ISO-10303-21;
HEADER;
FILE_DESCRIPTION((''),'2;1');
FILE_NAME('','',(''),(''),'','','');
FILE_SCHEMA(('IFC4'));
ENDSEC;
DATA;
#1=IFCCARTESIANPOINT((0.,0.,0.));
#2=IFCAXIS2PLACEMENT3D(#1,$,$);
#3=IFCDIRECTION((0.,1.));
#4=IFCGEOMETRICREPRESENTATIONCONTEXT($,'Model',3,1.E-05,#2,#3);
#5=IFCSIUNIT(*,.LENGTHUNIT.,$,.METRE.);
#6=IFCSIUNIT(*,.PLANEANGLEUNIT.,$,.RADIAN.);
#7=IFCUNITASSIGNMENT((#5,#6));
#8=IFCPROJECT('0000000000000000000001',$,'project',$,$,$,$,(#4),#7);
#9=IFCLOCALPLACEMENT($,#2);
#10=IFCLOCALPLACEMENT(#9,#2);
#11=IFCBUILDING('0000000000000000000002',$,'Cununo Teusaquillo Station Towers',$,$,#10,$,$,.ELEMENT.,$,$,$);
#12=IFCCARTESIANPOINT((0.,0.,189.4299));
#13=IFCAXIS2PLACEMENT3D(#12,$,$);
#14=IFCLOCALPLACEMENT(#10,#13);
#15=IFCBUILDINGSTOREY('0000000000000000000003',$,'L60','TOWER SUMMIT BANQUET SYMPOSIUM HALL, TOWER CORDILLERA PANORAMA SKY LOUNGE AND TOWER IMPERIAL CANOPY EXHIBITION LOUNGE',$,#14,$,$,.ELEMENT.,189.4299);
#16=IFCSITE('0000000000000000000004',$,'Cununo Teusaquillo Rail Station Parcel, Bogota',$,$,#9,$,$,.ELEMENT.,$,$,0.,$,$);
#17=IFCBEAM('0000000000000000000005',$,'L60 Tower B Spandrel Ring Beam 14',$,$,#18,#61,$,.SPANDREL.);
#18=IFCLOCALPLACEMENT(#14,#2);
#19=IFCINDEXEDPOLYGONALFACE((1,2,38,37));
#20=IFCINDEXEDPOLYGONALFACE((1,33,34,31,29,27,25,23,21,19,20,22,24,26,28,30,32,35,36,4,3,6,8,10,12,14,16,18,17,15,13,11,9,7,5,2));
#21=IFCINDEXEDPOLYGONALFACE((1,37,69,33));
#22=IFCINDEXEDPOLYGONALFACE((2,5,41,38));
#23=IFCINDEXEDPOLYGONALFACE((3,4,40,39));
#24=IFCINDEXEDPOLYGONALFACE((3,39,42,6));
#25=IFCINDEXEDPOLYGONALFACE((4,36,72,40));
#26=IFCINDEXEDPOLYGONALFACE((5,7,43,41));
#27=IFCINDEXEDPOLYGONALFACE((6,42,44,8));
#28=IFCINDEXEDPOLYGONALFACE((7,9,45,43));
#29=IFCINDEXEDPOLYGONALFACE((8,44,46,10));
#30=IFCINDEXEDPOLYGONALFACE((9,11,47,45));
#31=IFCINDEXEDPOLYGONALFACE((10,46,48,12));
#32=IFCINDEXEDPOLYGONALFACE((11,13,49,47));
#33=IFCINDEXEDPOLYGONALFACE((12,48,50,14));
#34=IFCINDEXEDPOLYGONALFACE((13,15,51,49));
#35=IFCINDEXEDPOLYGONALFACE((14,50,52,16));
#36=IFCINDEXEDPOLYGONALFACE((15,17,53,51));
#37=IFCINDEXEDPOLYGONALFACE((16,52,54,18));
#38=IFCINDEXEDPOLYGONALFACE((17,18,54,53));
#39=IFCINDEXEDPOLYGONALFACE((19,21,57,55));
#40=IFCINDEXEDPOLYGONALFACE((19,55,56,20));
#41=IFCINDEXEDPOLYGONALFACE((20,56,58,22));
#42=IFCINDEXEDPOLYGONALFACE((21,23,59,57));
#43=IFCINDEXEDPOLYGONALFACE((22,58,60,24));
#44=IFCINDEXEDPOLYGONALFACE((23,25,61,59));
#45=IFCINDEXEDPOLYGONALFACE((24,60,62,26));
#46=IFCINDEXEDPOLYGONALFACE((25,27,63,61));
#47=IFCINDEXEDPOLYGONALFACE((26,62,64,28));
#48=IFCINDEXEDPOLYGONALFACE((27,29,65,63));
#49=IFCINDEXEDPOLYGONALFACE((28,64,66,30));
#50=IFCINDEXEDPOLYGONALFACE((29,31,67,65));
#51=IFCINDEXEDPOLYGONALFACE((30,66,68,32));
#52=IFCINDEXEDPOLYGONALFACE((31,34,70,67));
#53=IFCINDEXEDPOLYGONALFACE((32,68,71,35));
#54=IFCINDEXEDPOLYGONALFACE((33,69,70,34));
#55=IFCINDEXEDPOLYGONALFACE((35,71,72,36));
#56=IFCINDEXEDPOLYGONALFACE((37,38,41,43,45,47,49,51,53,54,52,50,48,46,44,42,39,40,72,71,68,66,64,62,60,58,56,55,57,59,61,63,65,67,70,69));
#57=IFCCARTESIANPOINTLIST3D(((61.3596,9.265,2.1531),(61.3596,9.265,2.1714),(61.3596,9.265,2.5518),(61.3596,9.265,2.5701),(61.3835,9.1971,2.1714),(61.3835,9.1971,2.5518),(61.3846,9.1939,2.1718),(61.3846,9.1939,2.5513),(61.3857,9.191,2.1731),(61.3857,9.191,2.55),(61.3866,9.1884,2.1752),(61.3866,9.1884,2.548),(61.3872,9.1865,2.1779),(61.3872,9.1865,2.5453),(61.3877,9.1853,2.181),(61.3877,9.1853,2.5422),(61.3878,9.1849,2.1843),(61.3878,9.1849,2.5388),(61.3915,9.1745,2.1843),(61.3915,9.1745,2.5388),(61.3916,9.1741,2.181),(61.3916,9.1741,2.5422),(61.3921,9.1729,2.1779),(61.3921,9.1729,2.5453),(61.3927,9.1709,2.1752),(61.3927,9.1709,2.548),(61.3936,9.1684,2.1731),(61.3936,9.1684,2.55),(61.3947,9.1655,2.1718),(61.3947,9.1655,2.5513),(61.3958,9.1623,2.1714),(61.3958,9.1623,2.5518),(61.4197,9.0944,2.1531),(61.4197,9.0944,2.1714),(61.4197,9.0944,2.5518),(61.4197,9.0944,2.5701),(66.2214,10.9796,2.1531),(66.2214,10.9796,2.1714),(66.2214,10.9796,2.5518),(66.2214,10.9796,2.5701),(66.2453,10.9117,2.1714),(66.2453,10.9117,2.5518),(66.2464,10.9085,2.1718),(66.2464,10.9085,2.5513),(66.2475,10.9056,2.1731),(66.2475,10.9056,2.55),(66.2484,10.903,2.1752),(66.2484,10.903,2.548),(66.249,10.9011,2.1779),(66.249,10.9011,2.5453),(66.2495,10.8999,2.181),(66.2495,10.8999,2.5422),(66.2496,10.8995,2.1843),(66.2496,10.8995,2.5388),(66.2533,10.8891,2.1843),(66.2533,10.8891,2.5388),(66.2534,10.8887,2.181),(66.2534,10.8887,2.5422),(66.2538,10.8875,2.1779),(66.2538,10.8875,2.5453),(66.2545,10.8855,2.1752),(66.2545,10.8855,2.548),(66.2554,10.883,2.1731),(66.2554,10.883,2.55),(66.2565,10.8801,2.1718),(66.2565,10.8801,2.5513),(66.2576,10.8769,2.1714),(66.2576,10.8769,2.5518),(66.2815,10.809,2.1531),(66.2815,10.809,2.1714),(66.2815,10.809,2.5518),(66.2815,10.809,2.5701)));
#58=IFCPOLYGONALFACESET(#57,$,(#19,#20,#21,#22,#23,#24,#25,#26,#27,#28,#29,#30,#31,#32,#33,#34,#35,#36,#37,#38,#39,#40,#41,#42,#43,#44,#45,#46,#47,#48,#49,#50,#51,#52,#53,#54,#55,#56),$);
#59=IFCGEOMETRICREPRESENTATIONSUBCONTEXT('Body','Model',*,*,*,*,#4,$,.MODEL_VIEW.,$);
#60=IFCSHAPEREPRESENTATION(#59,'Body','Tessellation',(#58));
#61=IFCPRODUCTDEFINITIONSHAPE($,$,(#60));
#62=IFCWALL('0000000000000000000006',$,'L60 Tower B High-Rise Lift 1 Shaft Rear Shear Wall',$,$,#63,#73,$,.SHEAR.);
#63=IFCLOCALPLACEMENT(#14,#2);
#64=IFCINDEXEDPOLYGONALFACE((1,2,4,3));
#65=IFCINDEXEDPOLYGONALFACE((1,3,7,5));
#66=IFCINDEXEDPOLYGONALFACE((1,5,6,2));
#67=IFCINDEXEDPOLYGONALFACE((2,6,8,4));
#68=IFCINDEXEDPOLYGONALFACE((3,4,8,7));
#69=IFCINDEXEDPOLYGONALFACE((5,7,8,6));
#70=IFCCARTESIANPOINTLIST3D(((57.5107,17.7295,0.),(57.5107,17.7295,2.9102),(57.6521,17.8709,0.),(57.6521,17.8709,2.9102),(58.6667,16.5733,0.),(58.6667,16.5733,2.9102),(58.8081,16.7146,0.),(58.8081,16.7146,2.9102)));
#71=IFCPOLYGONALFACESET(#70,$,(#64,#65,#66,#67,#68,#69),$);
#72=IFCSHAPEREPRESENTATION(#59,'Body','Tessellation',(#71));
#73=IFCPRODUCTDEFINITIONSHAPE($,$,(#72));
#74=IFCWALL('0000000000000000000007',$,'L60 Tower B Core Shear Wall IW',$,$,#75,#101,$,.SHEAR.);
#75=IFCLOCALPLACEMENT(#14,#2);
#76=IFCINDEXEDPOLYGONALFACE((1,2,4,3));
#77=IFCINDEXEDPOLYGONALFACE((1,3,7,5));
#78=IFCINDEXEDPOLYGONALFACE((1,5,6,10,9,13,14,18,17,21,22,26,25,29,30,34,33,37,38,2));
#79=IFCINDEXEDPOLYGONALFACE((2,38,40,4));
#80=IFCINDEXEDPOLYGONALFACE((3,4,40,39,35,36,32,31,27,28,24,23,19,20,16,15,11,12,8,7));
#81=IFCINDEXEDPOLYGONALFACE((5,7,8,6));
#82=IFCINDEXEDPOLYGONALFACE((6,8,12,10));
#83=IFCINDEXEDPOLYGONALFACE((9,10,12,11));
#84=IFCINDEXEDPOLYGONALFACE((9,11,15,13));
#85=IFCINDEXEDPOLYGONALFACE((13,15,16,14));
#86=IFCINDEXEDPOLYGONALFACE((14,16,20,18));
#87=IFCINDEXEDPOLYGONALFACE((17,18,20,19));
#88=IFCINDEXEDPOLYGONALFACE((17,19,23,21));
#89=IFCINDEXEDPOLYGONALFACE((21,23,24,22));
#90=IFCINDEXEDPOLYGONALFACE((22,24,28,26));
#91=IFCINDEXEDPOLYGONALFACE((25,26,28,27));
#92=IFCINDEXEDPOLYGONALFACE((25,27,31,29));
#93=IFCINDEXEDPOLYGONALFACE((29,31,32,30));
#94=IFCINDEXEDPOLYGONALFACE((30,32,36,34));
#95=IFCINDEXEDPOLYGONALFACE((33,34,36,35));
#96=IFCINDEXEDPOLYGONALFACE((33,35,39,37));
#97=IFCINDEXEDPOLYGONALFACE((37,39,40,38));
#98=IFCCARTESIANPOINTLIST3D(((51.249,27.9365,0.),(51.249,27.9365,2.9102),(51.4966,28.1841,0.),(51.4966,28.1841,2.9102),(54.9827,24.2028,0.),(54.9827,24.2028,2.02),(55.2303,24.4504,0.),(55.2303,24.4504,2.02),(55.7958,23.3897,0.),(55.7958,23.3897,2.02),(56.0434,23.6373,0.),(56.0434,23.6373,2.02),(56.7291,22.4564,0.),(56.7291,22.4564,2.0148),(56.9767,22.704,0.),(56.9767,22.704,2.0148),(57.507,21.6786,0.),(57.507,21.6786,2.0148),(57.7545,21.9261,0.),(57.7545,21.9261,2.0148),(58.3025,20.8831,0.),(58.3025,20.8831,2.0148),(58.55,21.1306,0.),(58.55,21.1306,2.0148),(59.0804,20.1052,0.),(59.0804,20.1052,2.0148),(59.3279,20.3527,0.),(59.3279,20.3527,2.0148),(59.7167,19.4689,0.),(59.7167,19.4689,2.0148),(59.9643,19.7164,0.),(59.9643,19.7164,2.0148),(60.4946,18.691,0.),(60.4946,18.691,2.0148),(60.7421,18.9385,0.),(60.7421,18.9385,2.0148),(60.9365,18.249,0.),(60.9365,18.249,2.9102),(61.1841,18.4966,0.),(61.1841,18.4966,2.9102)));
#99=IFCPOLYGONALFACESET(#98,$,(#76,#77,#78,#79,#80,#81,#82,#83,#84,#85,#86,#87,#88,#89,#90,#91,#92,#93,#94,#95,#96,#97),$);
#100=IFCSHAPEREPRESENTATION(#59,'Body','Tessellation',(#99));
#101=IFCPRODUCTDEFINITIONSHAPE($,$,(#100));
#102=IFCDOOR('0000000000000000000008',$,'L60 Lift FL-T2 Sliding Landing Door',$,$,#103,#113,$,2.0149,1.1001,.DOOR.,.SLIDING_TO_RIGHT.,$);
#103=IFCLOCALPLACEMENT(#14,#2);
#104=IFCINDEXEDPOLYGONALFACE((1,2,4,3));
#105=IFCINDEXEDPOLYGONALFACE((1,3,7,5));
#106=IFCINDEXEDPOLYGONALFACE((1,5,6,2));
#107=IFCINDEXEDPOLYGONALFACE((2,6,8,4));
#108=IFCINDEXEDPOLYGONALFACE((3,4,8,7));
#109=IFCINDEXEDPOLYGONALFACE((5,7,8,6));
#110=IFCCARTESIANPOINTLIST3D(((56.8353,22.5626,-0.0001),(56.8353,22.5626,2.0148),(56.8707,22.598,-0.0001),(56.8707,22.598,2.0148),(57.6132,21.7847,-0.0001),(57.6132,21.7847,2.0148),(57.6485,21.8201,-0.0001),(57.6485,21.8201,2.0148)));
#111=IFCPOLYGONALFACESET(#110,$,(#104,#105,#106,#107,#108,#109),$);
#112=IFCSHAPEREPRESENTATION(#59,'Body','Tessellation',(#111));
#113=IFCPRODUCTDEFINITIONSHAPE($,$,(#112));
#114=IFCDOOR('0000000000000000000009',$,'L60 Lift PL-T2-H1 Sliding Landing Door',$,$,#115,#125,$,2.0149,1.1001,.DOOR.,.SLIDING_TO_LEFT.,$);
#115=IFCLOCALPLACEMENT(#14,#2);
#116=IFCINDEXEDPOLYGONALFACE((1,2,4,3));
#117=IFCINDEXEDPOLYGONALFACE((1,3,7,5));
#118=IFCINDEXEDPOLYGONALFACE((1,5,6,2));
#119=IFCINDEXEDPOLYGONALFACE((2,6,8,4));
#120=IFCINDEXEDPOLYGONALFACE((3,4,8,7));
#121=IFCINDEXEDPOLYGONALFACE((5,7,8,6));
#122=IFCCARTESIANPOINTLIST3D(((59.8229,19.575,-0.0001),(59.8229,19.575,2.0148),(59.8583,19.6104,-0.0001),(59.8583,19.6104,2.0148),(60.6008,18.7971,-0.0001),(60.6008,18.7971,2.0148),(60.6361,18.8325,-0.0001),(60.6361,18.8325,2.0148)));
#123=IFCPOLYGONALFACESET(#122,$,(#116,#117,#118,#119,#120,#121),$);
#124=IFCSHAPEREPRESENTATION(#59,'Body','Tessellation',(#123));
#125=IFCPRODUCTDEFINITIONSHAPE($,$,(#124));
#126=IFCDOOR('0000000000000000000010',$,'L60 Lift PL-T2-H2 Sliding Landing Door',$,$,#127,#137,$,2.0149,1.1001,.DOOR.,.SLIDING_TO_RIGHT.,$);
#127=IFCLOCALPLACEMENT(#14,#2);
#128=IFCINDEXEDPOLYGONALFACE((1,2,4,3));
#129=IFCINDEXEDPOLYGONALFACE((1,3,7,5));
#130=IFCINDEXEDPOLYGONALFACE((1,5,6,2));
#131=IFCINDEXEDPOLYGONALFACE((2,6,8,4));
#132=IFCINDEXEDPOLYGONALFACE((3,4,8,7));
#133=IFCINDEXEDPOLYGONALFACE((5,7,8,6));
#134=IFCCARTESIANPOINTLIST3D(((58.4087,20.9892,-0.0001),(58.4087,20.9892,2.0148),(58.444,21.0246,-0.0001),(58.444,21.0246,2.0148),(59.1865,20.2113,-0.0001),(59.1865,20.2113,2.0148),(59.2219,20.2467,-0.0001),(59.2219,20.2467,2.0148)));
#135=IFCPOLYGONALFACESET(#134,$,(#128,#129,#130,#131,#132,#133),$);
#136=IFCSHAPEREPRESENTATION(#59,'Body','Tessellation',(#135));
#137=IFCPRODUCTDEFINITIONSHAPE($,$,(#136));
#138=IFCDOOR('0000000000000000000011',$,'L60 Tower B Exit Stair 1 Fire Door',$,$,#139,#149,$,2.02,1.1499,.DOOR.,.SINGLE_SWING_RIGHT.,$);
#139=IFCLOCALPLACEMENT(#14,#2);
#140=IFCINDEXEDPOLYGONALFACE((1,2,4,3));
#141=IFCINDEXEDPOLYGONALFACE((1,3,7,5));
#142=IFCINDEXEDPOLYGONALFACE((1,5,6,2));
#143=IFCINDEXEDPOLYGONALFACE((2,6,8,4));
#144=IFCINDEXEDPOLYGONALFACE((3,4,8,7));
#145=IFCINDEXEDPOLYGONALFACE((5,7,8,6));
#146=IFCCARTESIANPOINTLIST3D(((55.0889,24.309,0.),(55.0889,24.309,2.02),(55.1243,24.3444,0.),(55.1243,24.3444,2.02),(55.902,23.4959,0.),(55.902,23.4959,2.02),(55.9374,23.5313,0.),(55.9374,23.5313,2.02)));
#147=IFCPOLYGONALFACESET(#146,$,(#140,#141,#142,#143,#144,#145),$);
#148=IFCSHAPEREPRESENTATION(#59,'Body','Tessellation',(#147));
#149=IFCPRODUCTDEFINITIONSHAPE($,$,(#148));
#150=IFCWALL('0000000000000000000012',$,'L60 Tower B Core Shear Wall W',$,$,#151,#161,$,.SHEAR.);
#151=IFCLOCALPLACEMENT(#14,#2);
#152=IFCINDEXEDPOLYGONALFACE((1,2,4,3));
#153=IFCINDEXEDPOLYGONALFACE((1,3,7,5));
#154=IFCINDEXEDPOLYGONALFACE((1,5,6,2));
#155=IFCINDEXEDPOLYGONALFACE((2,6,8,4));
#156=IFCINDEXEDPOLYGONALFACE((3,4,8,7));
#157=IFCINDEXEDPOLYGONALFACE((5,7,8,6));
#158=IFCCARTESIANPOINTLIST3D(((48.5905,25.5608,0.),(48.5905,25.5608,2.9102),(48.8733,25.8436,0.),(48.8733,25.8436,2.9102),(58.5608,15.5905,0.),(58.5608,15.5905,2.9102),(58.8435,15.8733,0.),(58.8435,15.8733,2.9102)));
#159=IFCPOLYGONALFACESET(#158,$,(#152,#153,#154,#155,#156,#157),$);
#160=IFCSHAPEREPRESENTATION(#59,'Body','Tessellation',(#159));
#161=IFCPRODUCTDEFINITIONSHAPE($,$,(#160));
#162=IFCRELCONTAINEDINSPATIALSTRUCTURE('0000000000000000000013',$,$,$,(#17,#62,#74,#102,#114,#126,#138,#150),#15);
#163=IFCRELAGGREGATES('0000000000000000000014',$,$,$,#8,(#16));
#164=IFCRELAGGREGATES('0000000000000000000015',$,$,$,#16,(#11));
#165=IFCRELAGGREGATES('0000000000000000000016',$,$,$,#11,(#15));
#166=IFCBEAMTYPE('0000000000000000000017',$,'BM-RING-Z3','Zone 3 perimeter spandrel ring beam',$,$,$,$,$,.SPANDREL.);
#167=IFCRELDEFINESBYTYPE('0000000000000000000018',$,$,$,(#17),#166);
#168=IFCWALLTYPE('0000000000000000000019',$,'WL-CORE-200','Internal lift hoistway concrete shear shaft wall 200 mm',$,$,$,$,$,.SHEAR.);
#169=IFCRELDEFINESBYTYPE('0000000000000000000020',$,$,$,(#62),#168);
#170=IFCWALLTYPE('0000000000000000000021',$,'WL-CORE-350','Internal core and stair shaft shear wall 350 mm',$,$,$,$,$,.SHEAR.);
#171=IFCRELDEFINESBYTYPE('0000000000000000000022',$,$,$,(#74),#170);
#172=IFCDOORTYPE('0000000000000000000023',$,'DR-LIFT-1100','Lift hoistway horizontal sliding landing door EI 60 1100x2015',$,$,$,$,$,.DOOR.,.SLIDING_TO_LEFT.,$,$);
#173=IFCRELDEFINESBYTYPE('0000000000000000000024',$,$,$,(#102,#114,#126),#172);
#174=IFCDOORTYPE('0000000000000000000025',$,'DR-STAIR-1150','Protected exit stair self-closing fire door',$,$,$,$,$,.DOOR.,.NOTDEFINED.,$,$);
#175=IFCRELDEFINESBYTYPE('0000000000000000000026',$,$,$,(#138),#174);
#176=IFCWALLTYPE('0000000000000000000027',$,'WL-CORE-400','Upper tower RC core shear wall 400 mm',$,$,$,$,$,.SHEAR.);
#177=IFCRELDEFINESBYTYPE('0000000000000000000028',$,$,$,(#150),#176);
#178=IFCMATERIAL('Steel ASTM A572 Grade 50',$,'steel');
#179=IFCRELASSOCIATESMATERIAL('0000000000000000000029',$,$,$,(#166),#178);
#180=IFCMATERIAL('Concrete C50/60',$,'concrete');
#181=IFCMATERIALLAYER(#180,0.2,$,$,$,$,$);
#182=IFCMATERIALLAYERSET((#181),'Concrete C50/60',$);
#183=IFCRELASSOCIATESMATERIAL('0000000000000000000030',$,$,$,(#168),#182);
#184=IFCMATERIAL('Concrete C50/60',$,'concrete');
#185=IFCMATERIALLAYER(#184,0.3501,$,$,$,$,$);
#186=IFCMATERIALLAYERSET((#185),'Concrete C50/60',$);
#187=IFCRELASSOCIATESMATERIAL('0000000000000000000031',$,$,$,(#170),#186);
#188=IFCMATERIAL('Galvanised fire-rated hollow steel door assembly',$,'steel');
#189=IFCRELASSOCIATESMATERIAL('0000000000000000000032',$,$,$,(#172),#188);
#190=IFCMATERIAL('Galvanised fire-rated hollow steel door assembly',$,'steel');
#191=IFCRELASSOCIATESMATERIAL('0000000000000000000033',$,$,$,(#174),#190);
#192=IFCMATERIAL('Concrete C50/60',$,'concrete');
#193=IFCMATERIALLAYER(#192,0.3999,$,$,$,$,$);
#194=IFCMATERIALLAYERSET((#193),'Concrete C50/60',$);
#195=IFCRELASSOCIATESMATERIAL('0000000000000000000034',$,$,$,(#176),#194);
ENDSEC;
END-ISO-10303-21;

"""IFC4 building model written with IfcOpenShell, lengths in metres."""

from ifc_helpers import new_model, si_unit, direction, frame, frame_2d, origin, origin_2d, place, context, subcontext, project, spatial, rectangle, i_section, extrude, source, transform, mapped, material, layer, layer_set, material_profile, profile_set, type_object, element, fill, save


model = new_model("IFC4")

# Units and contexts
model_context = context("Model", 3, precision=1e-05, world=origin(), true_north=direction((0.0, 1.0)))
body_context = subcontext(model_context, "Body", "Model", "MODEL_VIEW")
ifc_project = project(units=[si_unit("LENGTHUNIT", "METRE"), si_unit("PLANEANGLEUNIT", "RADIAN")], contexts=[model_context])

# Site, building, storey
site_placement = place(None, origin())
site = spatial("IfcSite", under=ifc_project, at=site_placement, Name="Cununo Teusaquillo Rail Station Parcel, Bogota", CompositionType="ELEMENT", RefElevation=0.0)
building_placement = place(site_placement, origin())
building = spatial("IfcBuilding", under=site, at=building_placement, Name="Cununo Teusaquillo Station Towers", CompositionType="ELEMENT")
storey_placement = place(building_placement, frame((0.0, 0.0, 189.4299)))
storey = spatial("IfcBuildingStorey", under=building, at=storey_placement, Name="L60", Description="TOWER SUMMIT BANQUET SYMPOSIUM HALL, TOWER CORDILLERA PANORAMA SKY LOUNGE AND TOWER IMPERIAL CANOPY EXHIBITION LOUNGE", CompositionType="ELEMENT", Elevation=189.4299)

# Beam
ifc_material_1 = material(Name="Steel ASTM A572 Grade 50", Category="steel")
ifc_material_profile_1 = material_profile(ifc_material_1, i_section(OverallWidth=0.1809, OverallDepth=0.417, WebThickness=0.011, FlangeThickness=0.0183, FilletRadius=0.0129, at=origin_2d()), Name="W16X57")
ifc_profile_set_1 = profile_set([ifc_material_profile_1], Name="Steel ASTM A572 Grade 50")
beam_type_1 = type_object("IfcBeamType", Name="BM-RING-Z3", Description="Zone 3 perimeter spandrel ring beam", PredefinedType="SPANDREL", material=ifc_profile_set_1)
beam_1_placement = place(storey_placement, frame((61.3896, 9.1797, 2.3616), z_axis=(0.943072, 0.33259, 0.0), x_axis=(-0.33259, 0.943072, 0.0)))
element("IfcBeam", 1, at=beam_1_placement, inside=storey, type_object=beam_type_1, Name="L60 Tower B Spandrel Ring Beam 14", PredefinedType="SPANDREL", context=body_context, shape_type="SweptSolid", body=[
    extrude(i_section(OverallWidth=0.1809, OverallDepth=0.417, WebThickness=0.011, FlangeThickness=0.0183, FilletRadius=0.0129, at=origin_2d()), origin(), (0.0, 0.0, 1.0), 5.1553),
])

# Wall
ifc_material_2 = material(Name="Concrete C50/60", Category="concrete")
ifc_layer_1 = layer(ifc_material_2, 0.2)
ifc_layer_set_1 = layer_set([ifc_layer_1], Name="Concrete C50/60")
wall_type_1 = type_object("IfcWallType", Name="WL-CORE-200", Description="Internal lift hoistway concrete shear shaft wall 200 mm", PredefinedType="SHEAR", material=ifc_layer_set_1)
wall_1_placement = place(storey_placement, frame((58.7373, 16.644, 0.0), z_axis=(0.0, 0.0, 1.0), x_axis=(-0.707032, 0.707181, 0.0)))
element("IfcWall", 2, at=wall_1_placement, inside=storey, type_object=wall_type_1, Name="L60 Tower B High-Rise Lift 1 Shaft Rear Shear Wall", PredefinedType="SHEAR", context=body_context, shape_type="SweptSolid", body=[
    extrude(rectangle(XDim=1.635, YDim=0.2, at=frame_2d((0.8174, 0.0))), origin(), (0.0, 0.0, 1.0), 2.9102),
])

# Wall, openings, doors
ifc_material_3 = material(Name="Concrete C50/60", Category="concrete")
ifc_layer_2 = layer(ifc_material_3, 0.3501)
ifc_layer_set_2 = layer_set([ifc_layer_2], Name="Concrete C50/60")
wall_type_2 = type_object("IfcWallType", Name="WL-CORE-350", Description="Internal core and stair shaft shear wall 350 mm", PredefinedType="SHEAR", material=ifc_layer_set_2)
wall_2_placement = place(storey_placement, frame((61.0603, 18.3728, 0.0), z_axis=(0.0, 0.0, 1.0), x_axis=(-0.707107, 0.707107, 0.0)))
wall_2 = element("IfcWall", 3, at=wall_2_placement, inside=storey, type_object=wall_type_2, Name="L60 Tower B Core Shear Wall IW", PredefinedType="SHEAR", context=body_context, shape_type="SweptSolid", body=[
    extrude(rectangle(XDim=13.7002, YDim=0.3501, at=frame_2d((6.8501, 0.0))), origin(), (0.0, 0.0, 1.0), 2.9102),
])
shared_shape_1 = source(origin(), body_context, "Body", "SweptSolid", [
    extrude(rectangle(XDim=1.1001, YDim=2.0149, at=frame_2d((0.55, 1.0073))), frame((0.0, 0.1851, 0.0), z_axis=(0.0, -1.0, 0.0), x_axis=(1.0, 0.0, 0.0)), (0.0, 0.0, 1.0), 0.3701),
])
opening_1_placement = place(wall_2_placement, frame((4.8501, 0.0, 0.0)))
opening_1 = element("IfcOpeningElement", 4, at=opening_1_placement, cuts=wall_2, PredefinedType="OPENING", context=body_context, shape_type="MappedRepresentation", body=[
    mapped(shared_shape_1, transform((0.0, 0.0, 0.0), x_axis=(1.0, 0.0, 0.0), y_axis=(0.0, 1.0, 0.0), z_axis=(0.0, 0.0, 1.0), scale=1.0)),
])
opening_2_placement = place(wall_2_placement, frame((0.625, 0.0, 0.0)))
opening_2 = element("IfcOpeningElement", 5, at=opening_2_placement, cuts=wall_2, PredefinedType="OPENING", context=body_context, shape_type="MappedRepresentation", body=[
    mapped(shared_shape_1, transform((0.0, 0.0, 0.0), x_axis=(1.0, 0.0, 0.0), y_axis=(0.0, 1.0, 0.0), z_axis=(0.0, 0.0, 1.0), scale=1.0)),
])
opening_3_placement = place(wall_2_placement, frame((2.625, 0.0, 0.0)))
opening_3 = element("IfcOpeningElement", 6, at=opening_3_placement, cuts=wall_2, PredefinedType="OPENING", context=body_context, shape_type="MappedRepresentation", body=[
    mapped(shared_shape_1, transform((0.0, 0.0, 0.0), x_axis=(1.0, 0.0, 0.0), y_axis=(0.0, 1.0, 0.0), z_axis=(0.0, 0.0, 1.0), scale=1.0)),
])
shared_shape_2 = source(origin(), body_context, "Body", "SweptSolid", [
    extrude(rectangle(XDim=1.1499, YDim=2.02, at=frame_2d((0.575, 1.01))), frame((0.0, 0.1851, 0.0), z_axis=(0.0, -1.0, 0.0), x_axis=(1.0, 0.0, 0.0)), (0.0, 0.0, 1.0), 0.3701),
])
opening_4_placement = place(wall_2_placement, frame((7.27, 0.0, 0.0)))
opening_4 = element("IfcOpeningElement", 7, at=opening_4_placement, cuts=wall_2, PredefinedType="OPENING", context=body_context, shape_type="MappedRepresentation", body=[
    mapped(shared_shape_2, transform((0.0, 0.0, 0.0), x_axis=(1.0, 0.0, 0.0), y_axis=(0.0, 1.0, 0.0), z_axis=(0.0, 0.0, 1.0), scale=1.0)),
])
ifc_material_4 = material(Name="Galvanised fire-rated hollow steel door assembly", Category="steel")
door_type_1 = type_object("IfcDoorType", Name="DR-LIFT-1100", Description="Lift hoistway horizontal sliding landing door EI 60 1100x2015", OperationType="SLIDING_TO_LEFT", PredefinedType="DOOR", material=ifc_material_4)
shared_shape_3 = source(origin(), body_context, "Body", "SweptSolid", [
    extrude(rectangle(XDim=1.1001, YDim=2.0149, at=frame_2d((0.55, 1.0073))), frame((0.0, 0.0249, 0.0), z_axis=(0.0, -1.0, 0.0), x_axis=(1.0, 0.0, 0.0)), (0.0, 0.0, 1.0), 0.05),
])
door_1_placement = place(opening_1_placement, origin())
door_1 = element("IfcDoor", 8, at=door_1_placement, inside=storey, type_object=door_type_1, Name="L60 Lift FL-T2 Sliding Landing Door", OperationType="SLIDING_TO_RIGHT", OverallHeight=2.0149, OverallWidth=1.1001, PredefinedType="DOOR", context=body_context, shape_type="MappedRepresentation", body=[
    mapped(shared_shape_3, transform((0.0, 0.0, 0.0), x_axis=(1.0, 0.0, 0.0), y_axis=(0.0, 1.0, 0.0), z_axis=(0.0, 0.0, 1.0), scale=1.0)),
])
fill(opening_1, door_1)
door_2_placement = place(opening_2_placement, origin())
door_2 = element("IfcDoor", 9, at=door_2_placement, inside=storey, type_object=door_type_1, Name="L60 Lift PL-T2-H1 Sliding Landing Door", OperationType="SLIDING_TO_LEFT", OverallHeight=2.0149, OverallWidth=1.1001, PredefinedType="DOOR", context=body_context, shape_type="MappedRepresentation", body=[
    mapped(shared_shape_3, transform((0.0, 0.0, 0.0), x_axis=(1.0, 0.0, 0.0), y_axis=(0.0, 1.0, 0.0), z_axis=(0.0, 0.0, 1.0), scale=1.0)),
])
fill(opening_2, door_2)
door_3_placement = place(opening_3_placement, origin())
door_3 = element("IfcDoor", 10, at=door_3_placement, inside=storey, type_object=door_type_1, Name="L60 Lift PL-T2-H2 Sliding Landing Door", OperationType="SLIDING_TO_RIGHT", OverallHeight=2.0149, OverallWidth=1.1001, PredefinedType="DOOR", context=body_context, shape_type="MappedRepresentation", body=[
    mapped(shared_shape_3, transform((0.0, 0.0, 0.0), x_axis=(1.0, 0.0, 0.0), y_axis=(0.0, 1.0, 0.0), z_axis=(0.0, 0.0, 1.0), scale=1.0)),
])
fill(opening_3, door_3)
ifc_material_5 = material(Name="Galvanised fire-rated hollow steel door assembly", Category="steel")
door_type_2 = type_object("IfcDoorType", Name="DR-STAIR-1150", Description="Protected exit stair self-closing fire door", OperationType="NOTDEFINED", PredefinedType="DOOR", material=ifc_material_5)
shared_shape_4 = source(origin(), body_context, "Body", "SweptSolid", [
    extrude(rectangle(XDim=1.1499, YDim=2.02, at=frame_2d((0.575, 1.01))), frame((0.0, 0.0249, 0.0), z_axis=(0.0, -1.0, 0.0), x_axis=(1.0, 0.0, 0.0)), (0.0, 0.0, 1.0), 0.05),
])
door_4_placement = place(opening_4_placement, origin())
door_4 = element("IfcDoor", 11, at=door_4_placement, inside=storey, type_object=door_type_2, Name="L60 Tower B Exit Stair 1 Fire Door", OperationType="SINGLE_SWING_RIGHT", OverallHeight=2.02, OverallWidth=1.1499, PredefinedType="DOOR", context=body_context, shape_type="MappedRepresentation", body=[
    mapped(shared_shape_4, transform((0.0, 0.0, 0.0), x_axis=(1.0, 0.0, 0.0), y_axis=(0.0, 1.0, 0.0), z_axis=(0.0, 0.0, 1.0), scale=1.0)),
])
fill(opening_4, door_4)

# Wall
ifc_material_6 = material(Name="Concrete C50/60", Category="concrete")
ifc_layer_3 = layer(ifc_material_6, 0.3999)
ifc_layer_set_3 = layer_set([ifc_layer_3], Name="Concrete C50/60")
wall_type_3 = type_object("IfcWallType", Name="WL-CORE-400", Description="Upper tower RC core shear wall 400 mm", PredefinedType="SHEAR", material=ifc_layer_set_3)
wall_3_placement = place(storey_placement, frame((58.7021, 15.7319, 0.0), z_axis=(0.0, 0.0, 1.0), x_axis=(-0.707107, 0.707107, 0.0)))
element("IfcWall", 12, at=wall_3_placement, inside=storey, type_object=wall_type_3, Name="L60 Tower B Core Shear Wall W", PredefinedType="SHEAR", context=body_context, shape_type="SweptSolid", body=[
    extrude(rectangle(XDim=14.1001, YDim=0.3999, at=frame_2d((7.05, 0.0))), origin(), (0.0, 0.0, 1.0), 2.9102),
])

save(model, "model.ifc")
